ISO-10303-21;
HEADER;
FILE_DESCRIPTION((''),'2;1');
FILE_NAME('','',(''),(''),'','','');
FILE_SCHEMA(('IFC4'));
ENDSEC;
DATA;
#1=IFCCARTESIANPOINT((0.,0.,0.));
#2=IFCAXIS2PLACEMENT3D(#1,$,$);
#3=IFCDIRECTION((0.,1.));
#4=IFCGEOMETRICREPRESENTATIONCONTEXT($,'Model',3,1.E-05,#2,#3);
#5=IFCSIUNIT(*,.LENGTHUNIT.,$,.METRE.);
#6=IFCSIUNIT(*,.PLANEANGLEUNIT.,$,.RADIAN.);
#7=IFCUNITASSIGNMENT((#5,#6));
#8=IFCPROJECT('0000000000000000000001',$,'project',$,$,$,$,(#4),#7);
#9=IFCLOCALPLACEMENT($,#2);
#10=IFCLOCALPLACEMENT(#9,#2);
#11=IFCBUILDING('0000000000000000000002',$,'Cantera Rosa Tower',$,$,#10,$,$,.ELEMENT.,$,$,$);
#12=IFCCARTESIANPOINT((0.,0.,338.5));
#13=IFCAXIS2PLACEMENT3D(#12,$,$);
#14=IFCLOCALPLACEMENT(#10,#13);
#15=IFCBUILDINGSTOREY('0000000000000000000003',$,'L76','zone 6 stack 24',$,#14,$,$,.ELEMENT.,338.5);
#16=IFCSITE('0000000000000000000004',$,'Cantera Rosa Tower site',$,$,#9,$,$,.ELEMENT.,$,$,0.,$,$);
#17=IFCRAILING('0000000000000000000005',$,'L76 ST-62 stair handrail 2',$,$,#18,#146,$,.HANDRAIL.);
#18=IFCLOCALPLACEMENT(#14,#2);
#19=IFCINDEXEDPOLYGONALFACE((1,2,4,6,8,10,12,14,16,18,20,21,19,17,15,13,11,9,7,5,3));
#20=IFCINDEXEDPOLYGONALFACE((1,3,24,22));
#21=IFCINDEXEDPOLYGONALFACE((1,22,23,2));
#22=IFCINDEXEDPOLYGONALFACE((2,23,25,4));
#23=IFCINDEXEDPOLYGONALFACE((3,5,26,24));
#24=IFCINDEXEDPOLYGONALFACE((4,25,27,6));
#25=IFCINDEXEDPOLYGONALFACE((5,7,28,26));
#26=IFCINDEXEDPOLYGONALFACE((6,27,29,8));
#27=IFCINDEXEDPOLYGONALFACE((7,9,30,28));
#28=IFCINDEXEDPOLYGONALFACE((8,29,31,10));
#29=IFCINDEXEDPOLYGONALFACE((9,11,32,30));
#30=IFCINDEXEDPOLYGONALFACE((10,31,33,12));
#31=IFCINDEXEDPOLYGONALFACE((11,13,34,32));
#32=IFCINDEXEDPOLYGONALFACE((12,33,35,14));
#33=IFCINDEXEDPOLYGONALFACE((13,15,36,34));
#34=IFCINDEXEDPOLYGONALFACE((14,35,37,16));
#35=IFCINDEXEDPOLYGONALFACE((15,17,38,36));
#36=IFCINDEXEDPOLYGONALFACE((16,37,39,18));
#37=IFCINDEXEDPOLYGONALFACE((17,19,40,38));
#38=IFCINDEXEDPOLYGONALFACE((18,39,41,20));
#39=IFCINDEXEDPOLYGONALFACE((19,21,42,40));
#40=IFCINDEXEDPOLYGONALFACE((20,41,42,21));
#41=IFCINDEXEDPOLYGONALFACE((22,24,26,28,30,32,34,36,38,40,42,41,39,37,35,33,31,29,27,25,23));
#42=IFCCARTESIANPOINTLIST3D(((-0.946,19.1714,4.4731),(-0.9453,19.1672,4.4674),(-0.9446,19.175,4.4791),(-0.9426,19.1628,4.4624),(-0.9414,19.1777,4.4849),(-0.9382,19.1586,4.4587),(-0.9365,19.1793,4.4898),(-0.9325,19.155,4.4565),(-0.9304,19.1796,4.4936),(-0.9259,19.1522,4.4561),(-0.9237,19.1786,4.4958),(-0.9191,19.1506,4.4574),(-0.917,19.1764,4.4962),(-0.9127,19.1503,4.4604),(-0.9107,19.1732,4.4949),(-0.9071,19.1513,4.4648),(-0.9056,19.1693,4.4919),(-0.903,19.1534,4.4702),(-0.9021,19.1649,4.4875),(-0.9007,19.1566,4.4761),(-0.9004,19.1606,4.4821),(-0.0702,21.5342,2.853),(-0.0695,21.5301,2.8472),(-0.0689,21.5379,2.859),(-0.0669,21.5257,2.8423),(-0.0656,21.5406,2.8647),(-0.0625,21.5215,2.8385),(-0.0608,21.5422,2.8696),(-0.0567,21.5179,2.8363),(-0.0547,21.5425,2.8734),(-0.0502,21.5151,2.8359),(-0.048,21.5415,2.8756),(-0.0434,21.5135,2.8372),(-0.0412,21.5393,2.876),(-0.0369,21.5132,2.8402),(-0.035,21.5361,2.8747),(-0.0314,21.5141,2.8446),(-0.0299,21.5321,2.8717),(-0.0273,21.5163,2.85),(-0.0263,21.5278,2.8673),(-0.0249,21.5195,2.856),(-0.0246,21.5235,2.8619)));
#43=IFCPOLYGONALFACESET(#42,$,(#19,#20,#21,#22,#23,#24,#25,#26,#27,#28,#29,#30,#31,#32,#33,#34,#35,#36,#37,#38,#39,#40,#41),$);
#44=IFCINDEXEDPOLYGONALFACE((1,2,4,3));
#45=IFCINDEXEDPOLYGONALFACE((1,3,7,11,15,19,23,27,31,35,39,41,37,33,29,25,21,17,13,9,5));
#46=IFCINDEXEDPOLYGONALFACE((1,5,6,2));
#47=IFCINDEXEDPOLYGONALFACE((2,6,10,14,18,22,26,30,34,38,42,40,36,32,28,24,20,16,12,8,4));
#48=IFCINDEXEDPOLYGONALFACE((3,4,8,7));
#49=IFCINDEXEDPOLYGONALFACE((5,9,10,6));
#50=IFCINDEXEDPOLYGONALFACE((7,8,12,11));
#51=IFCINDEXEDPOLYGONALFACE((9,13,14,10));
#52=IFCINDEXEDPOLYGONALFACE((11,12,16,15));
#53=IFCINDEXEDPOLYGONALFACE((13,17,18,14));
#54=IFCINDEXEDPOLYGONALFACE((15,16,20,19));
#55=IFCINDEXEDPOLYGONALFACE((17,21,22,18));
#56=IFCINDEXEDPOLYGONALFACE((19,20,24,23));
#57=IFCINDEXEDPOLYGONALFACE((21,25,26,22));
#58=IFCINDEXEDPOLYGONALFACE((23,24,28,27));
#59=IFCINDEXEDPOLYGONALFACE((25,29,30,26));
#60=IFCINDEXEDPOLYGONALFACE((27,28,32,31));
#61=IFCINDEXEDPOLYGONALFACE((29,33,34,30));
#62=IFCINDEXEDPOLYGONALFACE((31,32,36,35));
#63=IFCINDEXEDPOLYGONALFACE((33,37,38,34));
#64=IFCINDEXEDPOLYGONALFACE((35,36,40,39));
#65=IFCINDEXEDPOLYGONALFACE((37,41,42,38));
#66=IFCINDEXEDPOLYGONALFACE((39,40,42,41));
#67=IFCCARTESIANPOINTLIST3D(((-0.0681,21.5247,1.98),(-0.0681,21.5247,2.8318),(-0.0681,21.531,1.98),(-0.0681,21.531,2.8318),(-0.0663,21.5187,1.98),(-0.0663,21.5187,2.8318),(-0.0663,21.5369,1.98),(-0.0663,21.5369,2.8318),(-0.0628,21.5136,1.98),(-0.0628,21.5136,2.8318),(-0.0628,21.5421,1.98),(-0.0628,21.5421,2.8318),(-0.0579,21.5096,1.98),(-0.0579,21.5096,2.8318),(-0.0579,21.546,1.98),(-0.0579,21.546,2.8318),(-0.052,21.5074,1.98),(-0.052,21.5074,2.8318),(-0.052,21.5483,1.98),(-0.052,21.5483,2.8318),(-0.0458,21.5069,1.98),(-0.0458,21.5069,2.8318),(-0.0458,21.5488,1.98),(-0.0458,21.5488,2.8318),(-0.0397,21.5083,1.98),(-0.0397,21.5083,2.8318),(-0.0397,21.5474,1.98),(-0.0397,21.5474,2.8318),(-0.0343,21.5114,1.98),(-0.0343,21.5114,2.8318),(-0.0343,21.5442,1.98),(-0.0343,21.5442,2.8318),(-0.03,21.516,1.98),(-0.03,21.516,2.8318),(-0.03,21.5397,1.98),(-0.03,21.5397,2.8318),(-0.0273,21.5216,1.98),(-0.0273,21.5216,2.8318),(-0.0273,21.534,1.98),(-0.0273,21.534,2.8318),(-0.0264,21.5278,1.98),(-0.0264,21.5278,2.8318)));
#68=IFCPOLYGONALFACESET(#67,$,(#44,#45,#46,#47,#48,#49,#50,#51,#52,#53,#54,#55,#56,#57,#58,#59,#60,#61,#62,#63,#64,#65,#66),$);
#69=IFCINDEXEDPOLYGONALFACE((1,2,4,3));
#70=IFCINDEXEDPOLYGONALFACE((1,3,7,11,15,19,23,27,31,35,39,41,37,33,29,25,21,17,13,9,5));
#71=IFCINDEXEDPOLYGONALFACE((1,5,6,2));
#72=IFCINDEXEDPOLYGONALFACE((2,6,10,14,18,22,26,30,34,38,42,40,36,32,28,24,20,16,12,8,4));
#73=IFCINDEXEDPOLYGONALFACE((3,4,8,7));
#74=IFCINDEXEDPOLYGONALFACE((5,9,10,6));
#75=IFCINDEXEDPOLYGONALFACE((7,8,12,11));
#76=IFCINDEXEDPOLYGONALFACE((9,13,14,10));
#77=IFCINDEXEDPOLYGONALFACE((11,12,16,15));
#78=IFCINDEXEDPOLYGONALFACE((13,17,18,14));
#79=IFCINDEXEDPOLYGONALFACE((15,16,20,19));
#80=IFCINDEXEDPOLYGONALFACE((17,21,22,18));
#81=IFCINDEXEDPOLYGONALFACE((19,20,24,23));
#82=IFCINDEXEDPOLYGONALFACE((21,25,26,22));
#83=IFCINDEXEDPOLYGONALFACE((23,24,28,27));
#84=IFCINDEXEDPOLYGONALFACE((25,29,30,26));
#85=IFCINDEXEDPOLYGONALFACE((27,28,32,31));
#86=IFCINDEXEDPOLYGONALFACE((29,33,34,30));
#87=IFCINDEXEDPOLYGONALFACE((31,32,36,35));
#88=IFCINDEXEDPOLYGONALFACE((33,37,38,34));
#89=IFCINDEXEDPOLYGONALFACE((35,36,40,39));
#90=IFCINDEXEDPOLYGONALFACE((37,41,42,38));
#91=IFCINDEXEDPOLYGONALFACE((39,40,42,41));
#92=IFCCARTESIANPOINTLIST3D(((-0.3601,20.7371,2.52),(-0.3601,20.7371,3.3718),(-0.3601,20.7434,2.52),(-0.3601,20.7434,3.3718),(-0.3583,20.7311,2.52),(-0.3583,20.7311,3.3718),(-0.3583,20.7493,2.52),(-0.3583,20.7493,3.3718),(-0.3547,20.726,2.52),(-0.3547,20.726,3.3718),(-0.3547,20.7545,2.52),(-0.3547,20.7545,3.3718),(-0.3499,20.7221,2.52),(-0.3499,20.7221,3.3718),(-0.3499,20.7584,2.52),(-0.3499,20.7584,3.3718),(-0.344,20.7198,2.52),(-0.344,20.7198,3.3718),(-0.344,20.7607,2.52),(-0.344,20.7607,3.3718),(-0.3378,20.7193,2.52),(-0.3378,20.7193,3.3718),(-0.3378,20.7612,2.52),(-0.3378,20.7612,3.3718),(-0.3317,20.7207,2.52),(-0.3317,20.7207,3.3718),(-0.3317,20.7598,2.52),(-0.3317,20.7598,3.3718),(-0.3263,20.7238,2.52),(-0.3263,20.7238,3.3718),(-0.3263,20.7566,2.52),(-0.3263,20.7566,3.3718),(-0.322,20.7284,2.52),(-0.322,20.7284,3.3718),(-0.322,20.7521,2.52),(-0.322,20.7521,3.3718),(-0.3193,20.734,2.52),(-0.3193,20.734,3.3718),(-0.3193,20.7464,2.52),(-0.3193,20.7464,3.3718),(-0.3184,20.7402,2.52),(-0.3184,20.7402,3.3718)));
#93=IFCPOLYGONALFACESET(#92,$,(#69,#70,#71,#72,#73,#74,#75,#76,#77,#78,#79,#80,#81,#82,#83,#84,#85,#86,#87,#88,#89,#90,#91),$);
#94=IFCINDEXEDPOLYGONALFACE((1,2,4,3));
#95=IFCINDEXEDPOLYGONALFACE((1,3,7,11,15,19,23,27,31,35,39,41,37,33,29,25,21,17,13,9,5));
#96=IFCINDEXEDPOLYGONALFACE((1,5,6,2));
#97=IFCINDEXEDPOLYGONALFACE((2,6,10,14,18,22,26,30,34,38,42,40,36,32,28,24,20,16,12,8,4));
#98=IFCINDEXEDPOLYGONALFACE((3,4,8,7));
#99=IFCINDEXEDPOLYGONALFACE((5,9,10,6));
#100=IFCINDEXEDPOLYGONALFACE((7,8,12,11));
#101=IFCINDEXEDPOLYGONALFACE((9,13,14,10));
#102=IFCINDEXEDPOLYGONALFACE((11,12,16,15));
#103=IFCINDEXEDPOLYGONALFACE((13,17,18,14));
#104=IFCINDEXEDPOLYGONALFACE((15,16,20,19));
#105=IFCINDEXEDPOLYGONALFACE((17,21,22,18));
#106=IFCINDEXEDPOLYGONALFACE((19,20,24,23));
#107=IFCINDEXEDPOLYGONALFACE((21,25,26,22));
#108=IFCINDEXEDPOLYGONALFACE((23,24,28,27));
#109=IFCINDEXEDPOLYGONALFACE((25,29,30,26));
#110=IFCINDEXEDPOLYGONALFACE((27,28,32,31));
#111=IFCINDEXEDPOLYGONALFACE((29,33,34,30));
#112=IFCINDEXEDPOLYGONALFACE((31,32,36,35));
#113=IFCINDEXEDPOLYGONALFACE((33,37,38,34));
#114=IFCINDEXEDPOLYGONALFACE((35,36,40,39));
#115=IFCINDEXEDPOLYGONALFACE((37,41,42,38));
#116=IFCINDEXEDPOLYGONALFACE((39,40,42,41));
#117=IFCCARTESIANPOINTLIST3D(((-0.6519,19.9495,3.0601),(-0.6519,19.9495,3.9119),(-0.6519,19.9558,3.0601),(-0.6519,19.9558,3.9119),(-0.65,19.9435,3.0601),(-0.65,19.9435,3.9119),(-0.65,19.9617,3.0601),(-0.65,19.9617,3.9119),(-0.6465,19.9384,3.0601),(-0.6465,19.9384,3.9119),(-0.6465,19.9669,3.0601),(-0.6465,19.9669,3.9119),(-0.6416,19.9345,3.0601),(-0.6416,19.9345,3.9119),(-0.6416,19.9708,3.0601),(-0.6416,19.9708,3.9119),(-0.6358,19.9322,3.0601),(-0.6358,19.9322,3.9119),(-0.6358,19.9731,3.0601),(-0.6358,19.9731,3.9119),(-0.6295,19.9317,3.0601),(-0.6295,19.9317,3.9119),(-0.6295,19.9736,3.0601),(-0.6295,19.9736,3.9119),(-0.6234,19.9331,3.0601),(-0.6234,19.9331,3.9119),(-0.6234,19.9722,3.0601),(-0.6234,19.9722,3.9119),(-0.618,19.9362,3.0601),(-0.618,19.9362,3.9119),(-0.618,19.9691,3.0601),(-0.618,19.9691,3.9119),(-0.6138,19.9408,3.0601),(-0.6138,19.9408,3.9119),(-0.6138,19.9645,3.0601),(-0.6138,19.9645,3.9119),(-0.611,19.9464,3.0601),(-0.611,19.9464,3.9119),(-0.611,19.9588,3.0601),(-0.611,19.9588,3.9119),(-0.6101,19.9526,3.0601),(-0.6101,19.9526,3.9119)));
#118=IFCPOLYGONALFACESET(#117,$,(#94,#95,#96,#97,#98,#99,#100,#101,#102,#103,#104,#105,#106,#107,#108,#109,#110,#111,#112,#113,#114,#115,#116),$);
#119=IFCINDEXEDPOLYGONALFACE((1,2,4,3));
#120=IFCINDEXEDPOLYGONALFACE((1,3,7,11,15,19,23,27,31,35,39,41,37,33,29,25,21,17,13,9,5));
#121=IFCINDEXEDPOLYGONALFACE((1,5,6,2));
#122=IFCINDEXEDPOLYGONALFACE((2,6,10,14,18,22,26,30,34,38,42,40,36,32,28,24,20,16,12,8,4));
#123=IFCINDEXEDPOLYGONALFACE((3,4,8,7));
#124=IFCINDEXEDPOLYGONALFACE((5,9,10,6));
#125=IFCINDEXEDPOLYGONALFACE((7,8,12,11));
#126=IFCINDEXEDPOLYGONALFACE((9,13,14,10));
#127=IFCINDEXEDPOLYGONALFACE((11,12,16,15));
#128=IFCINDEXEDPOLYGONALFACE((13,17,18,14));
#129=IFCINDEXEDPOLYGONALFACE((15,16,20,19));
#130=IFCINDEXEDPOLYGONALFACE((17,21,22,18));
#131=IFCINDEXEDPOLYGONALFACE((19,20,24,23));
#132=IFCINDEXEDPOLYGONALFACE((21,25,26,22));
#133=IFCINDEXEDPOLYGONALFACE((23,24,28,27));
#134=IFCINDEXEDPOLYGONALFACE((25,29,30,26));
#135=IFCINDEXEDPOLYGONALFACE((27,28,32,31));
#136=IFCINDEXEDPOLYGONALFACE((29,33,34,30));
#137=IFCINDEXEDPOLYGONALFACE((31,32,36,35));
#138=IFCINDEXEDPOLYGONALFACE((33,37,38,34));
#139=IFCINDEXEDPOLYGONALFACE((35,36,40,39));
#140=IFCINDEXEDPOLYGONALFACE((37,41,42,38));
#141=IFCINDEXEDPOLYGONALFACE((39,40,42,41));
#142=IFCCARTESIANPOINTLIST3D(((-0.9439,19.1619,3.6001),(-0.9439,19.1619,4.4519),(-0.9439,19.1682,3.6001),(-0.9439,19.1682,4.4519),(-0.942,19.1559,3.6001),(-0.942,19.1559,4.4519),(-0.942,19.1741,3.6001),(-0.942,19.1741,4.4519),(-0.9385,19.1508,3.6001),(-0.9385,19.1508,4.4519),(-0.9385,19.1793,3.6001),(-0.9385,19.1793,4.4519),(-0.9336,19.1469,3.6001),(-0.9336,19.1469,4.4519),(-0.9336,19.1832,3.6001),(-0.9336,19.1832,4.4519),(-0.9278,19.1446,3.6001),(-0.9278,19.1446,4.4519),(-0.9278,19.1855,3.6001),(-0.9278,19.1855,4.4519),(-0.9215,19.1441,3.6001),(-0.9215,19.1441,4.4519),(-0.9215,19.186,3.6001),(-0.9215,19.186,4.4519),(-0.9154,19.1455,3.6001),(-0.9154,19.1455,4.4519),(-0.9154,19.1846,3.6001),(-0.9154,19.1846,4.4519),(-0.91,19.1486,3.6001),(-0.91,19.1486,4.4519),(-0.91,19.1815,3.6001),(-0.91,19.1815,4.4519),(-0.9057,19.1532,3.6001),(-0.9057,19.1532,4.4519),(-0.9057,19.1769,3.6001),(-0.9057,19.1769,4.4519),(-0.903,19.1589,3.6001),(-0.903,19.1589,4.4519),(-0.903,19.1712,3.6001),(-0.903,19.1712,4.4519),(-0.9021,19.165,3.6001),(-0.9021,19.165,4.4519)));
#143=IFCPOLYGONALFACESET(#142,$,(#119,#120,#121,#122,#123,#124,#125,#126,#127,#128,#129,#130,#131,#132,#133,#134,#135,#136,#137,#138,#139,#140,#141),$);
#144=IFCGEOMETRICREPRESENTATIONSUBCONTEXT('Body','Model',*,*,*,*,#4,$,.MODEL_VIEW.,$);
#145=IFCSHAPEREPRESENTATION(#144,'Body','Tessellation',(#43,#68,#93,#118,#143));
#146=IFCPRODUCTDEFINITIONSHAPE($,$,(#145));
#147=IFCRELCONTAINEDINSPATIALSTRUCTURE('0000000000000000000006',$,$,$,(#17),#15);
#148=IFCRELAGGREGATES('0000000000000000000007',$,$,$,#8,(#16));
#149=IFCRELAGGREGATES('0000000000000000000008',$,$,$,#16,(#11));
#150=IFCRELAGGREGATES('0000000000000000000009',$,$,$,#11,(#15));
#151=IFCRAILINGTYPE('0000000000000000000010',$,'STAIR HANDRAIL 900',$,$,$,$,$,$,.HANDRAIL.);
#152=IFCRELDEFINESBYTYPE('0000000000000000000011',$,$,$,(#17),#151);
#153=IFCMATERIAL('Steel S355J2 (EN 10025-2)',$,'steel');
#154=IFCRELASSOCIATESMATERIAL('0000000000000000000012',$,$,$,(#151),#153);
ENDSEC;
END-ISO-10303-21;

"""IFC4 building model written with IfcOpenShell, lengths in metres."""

from ifc_helpers import new_model, si_unit, direction, frame, origin, origin_2d, place, context, subcontext, project, spatial, circle, extrude, material, type_object, element, save


model = new_model("IFC4")

# Units and contexts
model_context = context("Model", 3, precision=1e-05, world=origin(), true_north=direction((0.0, 1.0)))
body_context = subcontext(model_context, "Body", "Model", "MODEL_VIEW")
ifc_project = project(units=[si_unit("LENGTHUNIT", "METRE"), si_unit("PLANEANGLEUNIT", "RADIAN")], contexts=[model_context])

# Site, building, storey
site_placement = place(None, origin())
site = spatial("IfcSite", under=ifc_project, at=site_placement, Name="Cantera Rosa Tower site", CompositionType="ELEMENT", RefElevation=0.0)
building_placement = place(site_placement, origin())
building = spatial("IfcBuilding", under=site, at=building_placement, Name="Cantera Rosa Tower", CompositionType="ELEMENT")
storey_placement = place(building_placement, frame((0.0, 0.0, 338.5)))
storey = spatial("IfcBuildingStorey", under=building, at=storey_placement, Name="L76", Description="zone 6 stack 24", CompositionType="ELEMENT", Elevation=338.5)

# Railing
ifc_material_1 = material(Name="Steel S355J2 (EN 10025-2)", Category="steel")
railing_type_1 = type_object("IfcRailingType", Name="STAIR HANDRAIL 900", PredefinedType="HANDRAIL", material=ifc_material_1)
railing_1_placement = place(storey_placement, frame((-0.0474, 21.5278, 1.98)))
element("IfcRailing", 1, at=railing_1_placement, inside=storey, type_object=railing_type_1, Name="L76 ST-62 stair handrail 2", PredefinedType="HANDRAIL", context=body_context, shape_type="SweptSolid", body=[
    extrude(circle(Radius=0.0239, at=origin_2d()), frame((0.0, 0.0, 0.876), z_axis=(-0.292326, -0.788717, 0.540806), x_axis=(0.937668, -0.347532, 0.0)), (0.0, 0.0, 1.0), 2.9958),
    extrude(circle(Radius=0.021, at=origin_2d()), origin(), (0.0, 0.0, 1.0), 0.8518),
    extrude(circle(Radius=0.021, at=origin_2d()), frame((-0.292, -0.7876, 0.54)), (0.0, 0.0, 1.0), 0.8518),
    extrude(circle(Radius=0.021, at=origin_2d()), frame((-0.5837, -1.5752, 1.0801)), (0.0, 0.0, 1.0), 0.8518),
    extrude(circle(Radius=0.021, at=origin_2d()), frame((-0.8757, -2.3628, 1.6201)), (0.0, 0.0, 1.0), 0.8518),
])

save(model, "model.ifc")
